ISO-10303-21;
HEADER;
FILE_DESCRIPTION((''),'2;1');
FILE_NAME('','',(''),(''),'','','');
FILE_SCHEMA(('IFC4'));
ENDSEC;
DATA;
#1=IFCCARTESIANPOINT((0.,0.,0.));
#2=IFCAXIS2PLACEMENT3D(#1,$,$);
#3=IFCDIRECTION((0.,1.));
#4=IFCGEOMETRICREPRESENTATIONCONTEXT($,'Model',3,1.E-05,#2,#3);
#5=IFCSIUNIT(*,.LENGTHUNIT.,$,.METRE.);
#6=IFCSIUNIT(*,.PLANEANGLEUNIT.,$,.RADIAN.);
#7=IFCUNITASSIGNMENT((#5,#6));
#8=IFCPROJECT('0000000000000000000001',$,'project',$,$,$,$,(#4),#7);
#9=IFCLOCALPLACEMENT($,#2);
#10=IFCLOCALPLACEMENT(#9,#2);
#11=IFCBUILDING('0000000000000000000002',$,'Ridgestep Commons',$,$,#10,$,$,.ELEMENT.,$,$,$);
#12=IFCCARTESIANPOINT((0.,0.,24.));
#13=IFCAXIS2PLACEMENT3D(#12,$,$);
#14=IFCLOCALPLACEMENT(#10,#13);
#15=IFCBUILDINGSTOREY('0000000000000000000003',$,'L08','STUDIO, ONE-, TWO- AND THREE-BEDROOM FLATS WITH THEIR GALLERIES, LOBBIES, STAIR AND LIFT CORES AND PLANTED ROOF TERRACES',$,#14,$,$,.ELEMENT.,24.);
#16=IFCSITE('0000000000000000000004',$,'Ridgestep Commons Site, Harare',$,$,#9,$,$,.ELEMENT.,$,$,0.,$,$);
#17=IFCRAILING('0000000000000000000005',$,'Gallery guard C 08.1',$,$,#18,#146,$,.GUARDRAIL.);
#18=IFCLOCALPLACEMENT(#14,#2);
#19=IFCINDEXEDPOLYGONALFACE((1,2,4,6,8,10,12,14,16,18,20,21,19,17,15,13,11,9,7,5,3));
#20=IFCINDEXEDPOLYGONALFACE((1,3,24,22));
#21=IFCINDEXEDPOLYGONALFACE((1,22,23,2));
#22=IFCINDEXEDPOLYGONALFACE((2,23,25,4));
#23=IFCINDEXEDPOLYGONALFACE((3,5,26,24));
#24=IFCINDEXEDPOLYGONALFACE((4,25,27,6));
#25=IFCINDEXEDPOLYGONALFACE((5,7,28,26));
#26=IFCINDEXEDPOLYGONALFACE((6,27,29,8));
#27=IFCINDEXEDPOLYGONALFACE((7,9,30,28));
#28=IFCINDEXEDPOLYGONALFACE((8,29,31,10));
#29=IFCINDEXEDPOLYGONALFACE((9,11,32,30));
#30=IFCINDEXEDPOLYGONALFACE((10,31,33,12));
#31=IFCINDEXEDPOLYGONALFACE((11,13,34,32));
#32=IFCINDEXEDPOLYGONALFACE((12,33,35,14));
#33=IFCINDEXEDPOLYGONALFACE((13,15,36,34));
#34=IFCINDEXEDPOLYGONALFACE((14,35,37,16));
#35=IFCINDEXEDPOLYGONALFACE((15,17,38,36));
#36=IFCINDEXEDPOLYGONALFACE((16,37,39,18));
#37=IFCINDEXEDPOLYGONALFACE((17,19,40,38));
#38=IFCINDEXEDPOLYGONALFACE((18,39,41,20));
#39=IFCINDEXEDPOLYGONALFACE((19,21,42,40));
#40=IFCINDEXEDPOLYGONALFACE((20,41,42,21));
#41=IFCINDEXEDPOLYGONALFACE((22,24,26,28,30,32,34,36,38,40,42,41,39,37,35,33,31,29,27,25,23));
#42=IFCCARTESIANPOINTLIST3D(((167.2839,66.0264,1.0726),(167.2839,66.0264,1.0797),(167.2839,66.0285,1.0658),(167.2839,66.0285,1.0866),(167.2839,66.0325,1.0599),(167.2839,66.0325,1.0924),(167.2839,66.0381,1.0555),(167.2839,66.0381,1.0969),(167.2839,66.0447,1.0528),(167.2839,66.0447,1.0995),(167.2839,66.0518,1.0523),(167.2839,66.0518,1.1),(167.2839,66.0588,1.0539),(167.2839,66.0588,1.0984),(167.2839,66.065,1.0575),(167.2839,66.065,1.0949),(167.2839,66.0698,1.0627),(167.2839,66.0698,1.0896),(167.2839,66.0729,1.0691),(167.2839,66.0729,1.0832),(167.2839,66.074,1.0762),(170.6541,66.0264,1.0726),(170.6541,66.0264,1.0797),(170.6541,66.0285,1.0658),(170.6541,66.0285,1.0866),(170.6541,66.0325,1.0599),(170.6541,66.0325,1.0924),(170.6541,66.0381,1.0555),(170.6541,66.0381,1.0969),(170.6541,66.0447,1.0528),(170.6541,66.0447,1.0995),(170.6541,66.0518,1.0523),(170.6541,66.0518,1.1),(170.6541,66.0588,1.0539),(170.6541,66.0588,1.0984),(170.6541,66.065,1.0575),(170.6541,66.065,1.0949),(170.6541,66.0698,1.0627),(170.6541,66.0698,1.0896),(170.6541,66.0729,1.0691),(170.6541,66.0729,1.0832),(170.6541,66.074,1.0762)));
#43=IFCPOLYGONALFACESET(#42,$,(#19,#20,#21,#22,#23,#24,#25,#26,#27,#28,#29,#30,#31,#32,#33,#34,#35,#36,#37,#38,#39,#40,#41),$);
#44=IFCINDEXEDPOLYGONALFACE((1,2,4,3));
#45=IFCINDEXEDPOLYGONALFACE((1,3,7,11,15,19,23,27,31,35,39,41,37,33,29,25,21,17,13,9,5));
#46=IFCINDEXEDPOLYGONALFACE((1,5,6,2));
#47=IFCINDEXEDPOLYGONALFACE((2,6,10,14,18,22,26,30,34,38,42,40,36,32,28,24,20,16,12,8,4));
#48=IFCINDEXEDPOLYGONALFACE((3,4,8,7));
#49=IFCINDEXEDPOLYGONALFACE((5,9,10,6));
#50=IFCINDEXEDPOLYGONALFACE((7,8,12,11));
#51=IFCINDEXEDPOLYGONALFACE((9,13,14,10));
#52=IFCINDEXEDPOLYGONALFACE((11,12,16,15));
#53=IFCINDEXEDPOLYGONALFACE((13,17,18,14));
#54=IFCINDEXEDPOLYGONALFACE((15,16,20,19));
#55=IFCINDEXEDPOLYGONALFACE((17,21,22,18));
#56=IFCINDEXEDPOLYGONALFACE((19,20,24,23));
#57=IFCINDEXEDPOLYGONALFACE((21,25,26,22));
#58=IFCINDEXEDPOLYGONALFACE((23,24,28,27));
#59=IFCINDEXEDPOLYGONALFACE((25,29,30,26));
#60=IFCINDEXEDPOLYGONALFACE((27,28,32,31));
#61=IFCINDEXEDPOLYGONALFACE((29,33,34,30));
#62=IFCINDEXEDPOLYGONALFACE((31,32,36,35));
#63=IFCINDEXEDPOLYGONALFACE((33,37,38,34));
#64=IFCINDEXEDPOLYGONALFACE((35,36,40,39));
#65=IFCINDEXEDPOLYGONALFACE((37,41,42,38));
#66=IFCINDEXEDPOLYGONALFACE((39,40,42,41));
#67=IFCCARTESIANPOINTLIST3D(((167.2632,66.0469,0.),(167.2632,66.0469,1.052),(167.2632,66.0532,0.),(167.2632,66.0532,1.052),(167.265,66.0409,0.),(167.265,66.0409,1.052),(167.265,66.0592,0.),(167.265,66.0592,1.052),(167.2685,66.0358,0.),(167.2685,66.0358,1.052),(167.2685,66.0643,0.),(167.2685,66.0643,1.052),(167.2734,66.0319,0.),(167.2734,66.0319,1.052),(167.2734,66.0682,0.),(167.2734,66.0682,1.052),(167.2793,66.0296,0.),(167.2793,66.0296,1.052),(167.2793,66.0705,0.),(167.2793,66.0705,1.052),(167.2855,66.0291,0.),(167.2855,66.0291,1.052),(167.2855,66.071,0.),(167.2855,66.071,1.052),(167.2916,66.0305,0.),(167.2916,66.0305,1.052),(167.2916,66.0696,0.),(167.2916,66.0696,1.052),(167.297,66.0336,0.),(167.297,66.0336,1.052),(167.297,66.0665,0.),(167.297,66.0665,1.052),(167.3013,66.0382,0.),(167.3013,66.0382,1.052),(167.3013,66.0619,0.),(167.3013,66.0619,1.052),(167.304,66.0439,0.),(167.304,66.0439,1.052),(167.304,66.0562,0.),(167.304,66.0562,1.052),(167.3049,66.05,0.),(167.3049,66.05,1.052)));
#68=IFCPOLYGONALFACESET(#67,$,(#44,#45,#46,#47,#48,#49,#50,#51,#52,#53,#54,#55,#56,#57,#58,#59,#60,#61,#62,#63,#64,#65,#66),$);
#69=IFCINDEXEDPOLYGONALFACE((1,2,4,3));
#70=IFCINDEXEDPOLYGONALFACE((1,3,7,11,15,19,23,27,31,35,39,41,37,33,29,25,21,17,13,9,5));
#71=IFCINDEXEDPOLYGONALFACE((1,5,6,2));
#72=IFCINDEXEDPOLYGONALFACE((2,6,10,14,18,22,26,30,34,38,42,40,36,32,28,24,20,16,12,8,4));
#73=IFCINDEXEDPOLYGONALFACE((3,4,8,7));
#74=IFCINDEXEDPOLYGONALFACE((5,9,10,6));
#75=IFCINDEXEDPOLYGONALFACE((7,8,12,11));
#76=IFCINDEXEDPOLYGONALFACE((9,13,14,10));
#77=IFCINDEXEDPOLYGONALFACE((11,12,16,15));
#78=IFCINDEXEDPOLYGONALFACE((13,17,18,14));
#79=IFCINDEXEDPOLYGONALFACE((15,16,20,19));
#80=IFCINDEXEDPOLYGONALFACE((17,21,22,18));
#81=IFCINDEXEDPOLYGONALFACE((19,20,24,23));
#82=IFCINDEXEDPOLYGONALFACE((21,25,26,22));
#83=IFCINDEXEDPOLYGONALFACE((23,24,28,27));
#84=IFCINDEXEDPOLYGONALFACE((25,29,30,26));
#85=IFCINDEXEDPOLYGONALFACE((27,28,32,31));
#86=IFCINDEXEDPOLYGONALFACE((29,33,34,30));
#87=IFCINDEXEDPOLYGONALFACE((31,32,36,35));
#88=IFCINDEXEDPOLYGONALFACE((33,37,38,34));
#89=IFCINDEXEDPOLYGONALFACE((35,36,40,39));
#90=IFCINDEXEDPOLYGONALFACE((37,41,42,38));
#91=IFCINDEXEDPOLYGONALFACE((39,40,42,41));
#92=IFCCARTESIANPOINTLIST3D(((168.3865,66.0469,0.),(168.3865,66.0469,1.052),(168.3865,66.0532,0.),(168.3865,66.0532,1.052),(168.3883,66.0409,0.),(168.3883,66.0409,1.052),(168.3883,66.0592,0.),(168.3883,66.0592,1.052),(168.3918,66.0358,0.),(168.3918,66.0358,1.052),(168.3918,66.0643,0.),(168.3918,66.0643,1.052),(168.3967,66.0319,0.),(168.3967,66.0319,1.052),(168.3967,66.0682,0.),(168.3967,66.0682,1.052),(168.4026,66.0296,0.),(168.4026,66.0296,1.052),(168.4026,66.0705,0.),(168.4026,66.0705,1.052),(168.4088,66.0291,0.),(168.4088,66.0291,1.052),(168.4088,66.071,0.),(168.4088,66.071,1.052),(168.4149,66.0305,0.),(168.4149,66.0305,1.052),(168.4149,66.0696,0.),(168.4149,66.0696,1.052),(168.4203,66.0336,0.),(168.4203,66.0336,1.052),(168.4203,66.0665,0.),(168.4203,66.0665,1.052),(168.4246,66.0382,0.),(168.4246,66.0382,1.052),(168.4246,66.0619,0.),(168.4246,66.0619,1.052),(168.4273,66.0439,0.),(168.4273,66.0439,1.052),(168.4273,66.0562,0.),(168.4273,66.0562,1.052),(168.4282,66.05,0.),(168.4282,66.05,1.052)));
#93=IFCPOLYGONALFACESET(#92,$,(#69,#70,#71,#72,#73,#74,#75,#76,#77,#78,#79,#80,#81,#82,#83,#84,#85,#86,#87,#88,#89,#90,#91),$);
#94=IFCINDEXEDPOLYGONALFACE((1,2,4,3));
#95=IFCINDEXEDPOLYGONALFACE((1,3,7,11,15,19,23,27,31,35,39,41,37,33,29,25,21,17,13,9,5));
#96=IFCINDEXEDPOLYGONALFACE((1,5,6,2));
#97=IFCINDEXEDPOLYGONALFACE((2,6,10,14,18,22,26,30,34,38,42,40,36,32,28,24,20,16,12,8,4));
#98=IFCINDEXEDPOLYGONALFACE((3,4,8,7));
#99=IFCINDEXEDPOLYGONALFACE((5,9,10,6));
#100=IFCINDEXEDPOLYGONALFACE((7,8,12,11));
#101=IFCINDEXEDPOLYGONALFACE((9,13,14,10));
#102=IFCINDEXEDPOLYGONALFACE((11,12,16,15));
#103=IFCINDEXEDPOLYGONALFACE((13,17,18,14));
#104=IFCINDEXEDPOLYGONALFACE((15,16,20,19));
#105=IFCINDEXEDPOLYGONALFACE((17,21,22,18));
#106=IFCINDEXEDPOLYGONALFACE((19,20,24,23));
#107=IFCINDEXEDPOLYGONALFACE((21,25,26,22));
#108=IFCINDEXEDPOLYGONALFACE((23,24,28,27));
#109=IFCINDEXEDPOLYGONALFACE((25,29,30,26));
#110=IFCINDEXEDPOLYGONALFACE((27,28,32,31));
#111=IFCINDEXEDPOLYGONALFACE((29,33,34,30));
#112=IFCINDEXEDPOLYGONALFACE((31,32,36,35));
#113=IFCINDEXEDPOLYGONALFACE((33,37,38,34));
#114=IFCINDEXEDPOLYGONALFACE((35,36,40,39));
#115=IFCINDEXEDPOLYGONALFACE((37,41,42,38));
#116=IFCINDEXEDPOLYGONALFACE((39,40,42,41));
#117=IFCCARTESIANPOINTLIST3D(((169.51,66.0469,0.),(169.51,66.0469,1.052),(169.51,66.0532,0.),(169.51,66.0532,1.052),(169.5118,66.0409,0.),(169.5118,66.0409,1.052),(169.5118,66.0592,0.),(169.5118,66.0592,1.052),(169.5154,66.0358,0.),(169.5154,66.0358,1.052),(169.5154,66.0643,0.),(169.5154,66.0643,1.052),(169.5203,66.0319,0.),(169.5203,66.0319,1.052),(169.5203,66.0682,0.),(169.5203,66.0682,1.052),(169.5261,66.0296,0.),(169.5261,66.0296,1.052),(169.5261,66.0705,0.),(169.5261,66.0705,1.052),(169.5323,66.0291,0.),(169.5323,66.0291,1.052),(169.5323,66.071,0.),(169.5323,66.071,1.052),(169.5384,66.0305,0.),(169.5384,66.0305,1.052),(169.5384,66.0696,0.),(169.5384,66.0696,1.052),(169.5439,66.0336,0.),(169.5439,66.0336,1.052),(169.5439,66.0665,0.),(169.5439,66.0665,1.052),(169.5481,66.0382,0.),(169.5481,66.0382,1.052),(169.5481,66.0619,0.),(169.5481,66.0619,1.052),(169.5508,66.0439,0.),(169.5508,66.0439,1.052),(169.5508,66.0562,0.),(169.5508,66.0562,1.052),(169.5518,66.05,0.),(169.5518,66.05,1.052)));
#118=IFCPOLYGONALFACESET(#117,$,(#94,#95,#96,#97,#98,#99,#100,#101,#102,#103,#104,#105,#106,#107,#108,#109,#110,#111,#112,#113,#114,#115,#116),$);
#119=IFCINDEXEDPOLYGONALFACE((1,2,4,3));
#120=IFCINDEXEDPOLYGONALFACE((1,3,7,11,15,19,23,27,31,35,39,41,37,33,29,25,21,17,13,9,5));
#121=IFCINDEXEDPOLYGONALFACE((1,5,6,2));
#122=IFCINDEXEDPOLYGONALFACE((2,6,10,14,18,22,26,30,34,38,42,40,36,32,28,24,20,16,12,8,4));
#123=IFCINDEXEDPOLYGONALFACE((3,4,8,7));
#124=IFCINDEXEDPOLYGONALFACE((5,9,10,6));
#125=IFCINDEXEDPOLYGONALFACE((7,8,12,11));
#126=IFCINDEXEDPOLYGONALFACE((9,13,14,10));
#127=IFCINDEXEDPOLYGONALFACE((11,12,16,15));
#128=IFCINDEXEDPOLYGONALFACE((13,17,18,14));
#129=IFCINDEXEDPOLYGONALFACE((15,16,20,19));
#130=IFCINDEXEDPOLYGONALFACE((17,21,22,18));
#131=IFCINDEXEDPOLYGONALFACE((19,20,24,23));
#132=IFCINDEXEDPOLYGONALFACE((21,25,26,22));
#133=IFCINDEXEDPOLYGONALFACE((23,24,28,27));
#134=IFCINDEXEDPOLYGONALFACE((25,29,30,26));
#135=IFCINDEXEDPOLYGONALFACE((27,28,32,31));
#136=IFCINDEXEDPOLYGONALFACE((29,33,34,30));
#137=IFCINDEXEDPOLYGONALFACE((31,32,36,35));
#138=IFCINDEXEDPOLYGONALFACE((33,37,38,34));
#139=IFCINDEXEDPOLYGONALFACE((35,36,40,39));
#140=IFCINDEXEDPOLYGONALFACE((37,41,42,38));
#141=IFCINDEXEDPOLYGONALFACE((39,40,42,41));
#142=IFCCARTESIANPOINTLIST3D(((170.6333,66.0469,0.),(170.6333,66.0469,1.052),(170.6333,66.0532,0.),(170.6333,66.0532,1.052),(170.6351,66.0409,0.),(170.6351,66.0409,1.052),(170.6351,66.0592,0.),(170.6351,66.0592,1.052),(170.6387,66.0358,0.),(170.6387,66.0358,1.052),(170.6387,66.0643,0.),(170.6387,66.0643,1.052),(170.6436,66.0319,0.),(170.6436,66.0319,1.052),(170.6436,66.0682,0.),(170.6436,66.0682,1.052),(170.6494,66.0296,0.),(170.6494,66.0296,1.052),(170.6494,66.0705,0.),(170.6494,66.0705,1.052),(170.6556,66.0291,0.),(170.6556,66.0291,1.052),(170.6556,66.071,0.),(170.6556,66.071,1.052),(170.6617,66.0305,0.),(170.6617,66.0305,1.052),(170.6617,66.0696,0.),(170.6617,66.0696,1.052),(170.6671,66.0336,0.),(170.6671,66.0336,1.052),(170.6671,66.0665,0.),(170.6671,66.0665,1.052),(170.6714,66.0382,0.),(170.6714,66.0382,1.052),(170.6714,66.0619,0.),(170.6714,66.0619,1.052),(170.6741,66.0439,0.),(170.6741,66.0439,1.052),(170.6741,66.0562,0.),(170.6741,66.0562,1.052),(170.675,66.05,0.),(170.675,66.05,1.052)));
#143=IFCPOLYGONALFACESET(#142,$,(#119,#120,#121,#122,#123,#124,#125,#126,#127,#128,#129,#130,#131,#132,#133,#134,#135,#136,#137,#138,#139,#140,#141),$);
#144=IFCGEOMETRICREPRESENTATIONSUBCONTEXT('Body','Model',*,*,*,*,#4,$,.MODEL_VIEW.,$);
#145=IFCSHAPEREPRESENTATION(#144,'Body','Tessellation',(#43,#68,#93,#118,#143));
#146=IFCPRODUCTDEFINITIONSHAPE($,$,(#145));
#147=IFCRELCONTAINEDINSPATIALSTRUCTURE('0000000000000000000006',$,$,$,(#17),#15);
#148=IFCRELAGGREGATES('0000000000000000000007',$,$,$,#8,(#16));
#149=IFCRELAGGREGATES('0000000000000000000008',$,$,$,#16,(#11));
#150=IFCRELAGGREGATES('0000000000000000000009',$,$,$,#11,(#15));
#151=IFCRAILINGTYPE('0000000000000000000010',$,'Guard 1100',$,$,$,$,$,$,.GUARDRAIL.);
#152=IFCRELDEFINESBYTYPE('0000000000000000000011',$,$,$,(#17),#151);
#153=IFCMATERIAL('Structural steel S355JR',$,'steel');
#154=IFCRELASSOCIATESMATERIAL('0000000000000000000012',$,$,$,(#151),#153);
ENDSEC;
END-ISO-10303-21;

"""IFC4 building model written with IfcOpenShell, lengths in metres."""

from ifc_helpers import new_model, si_unit, direction, frame, origin, origin_2d, place, context, subcontext, project, spatial, circle, extrude, material, type_object, element, save


model = new_model("IFC4")

# Units and contexts
model_context = context("Model", 3, precision=1e-05, world=origin(), true_north=direction((0.0, 1.0)))
body_context = subcontext(model_context, "Body", "Model", "MODEL_VIEW")
ifc_project = project(units=[si_unit("LENGTHUNIT", "METRE"), si_unit("PLANEANGLEUNIT", "RADIAN")], contexts=[model_context])

# Site, building, storey
site_placement = place(None, origin())
site = spatial("IfcSite", under=ifc_project, at=site_placement, Name="Ridgestep Commons Site, Harare", CompositionType="ELEMENT", RefElevation=0.0)
building_placement = place(site_placement, origin())
building = spatial("IfcBuilding", under=site, at=building_placement, Name="Ridgestep Commons", CompositionType="ELEMENT")
storey_placement = place(building_placement, frame((0.0, 0.0, 24.0)))
storey = spatial("IfcBuildingStorey", under=building, at=storey_placement, Name="L08", Description="STUDIO, ONE-, TWO- AND THREE-BEDROOM FLATS WITH THEIR GALLERIES, LOBBIES, STAIR AND LIFT CORES AND PLANTED ROOF TERRACES", CompositionType="ELEMENT", Elevation=24.0)

# Railing
ifc_material_1 = material(Name="Structural steel S355JR", Category="steel")
railing_type_1 = type_object("IfcRailingType", Name="Guard 1100", PredefinedType="GUARDRAIL", material=ifc_material_1)
railing_1_placement = place(storey_placement, frame((167.2839, 66.05, 0.0)))
element("IfcRailing", 1, at=railing_1_placement, inside=storey, type_object=railing_type_1, Name="Gallery guard C 08.1", PredefinedType="GUARDRAIL", context=body_context, shape_type="SweptSolid", body=[
    extrude(circle(Radius=0.0239, at=origin_2d()), frame((0.0, 0.0, 1.0762), z_axis=(1.0, 0.0, 0.0), x_axis=(0.0, 1.0, 0.0)), (0.0, 0.0, 1.0), 3.3701),
    extrude(circle(Radius=0.021, at=origin_2d()), origin(), (0.0, 0.0, 1.0), 1.052),
    extrude(circle(Radius=0.021, at=origin_2d()), frame((1.1233, 0.0, 0.0)), (0.0, 0.0, 1.0), 1.052),
    extrude(circle(Radius=0.021, at=origin_2d()), frame((2.2468, 0.0, 0.0)), (0.0, 0.0, 1.0), 1.052),
    extrude(circle(Radius=0.021, at=origin_2d()), frame((3.3701, 0.0, 0.0)), (0.0, 0.0, 1.0), 1.052),
])

save(model, "model.ifc")
